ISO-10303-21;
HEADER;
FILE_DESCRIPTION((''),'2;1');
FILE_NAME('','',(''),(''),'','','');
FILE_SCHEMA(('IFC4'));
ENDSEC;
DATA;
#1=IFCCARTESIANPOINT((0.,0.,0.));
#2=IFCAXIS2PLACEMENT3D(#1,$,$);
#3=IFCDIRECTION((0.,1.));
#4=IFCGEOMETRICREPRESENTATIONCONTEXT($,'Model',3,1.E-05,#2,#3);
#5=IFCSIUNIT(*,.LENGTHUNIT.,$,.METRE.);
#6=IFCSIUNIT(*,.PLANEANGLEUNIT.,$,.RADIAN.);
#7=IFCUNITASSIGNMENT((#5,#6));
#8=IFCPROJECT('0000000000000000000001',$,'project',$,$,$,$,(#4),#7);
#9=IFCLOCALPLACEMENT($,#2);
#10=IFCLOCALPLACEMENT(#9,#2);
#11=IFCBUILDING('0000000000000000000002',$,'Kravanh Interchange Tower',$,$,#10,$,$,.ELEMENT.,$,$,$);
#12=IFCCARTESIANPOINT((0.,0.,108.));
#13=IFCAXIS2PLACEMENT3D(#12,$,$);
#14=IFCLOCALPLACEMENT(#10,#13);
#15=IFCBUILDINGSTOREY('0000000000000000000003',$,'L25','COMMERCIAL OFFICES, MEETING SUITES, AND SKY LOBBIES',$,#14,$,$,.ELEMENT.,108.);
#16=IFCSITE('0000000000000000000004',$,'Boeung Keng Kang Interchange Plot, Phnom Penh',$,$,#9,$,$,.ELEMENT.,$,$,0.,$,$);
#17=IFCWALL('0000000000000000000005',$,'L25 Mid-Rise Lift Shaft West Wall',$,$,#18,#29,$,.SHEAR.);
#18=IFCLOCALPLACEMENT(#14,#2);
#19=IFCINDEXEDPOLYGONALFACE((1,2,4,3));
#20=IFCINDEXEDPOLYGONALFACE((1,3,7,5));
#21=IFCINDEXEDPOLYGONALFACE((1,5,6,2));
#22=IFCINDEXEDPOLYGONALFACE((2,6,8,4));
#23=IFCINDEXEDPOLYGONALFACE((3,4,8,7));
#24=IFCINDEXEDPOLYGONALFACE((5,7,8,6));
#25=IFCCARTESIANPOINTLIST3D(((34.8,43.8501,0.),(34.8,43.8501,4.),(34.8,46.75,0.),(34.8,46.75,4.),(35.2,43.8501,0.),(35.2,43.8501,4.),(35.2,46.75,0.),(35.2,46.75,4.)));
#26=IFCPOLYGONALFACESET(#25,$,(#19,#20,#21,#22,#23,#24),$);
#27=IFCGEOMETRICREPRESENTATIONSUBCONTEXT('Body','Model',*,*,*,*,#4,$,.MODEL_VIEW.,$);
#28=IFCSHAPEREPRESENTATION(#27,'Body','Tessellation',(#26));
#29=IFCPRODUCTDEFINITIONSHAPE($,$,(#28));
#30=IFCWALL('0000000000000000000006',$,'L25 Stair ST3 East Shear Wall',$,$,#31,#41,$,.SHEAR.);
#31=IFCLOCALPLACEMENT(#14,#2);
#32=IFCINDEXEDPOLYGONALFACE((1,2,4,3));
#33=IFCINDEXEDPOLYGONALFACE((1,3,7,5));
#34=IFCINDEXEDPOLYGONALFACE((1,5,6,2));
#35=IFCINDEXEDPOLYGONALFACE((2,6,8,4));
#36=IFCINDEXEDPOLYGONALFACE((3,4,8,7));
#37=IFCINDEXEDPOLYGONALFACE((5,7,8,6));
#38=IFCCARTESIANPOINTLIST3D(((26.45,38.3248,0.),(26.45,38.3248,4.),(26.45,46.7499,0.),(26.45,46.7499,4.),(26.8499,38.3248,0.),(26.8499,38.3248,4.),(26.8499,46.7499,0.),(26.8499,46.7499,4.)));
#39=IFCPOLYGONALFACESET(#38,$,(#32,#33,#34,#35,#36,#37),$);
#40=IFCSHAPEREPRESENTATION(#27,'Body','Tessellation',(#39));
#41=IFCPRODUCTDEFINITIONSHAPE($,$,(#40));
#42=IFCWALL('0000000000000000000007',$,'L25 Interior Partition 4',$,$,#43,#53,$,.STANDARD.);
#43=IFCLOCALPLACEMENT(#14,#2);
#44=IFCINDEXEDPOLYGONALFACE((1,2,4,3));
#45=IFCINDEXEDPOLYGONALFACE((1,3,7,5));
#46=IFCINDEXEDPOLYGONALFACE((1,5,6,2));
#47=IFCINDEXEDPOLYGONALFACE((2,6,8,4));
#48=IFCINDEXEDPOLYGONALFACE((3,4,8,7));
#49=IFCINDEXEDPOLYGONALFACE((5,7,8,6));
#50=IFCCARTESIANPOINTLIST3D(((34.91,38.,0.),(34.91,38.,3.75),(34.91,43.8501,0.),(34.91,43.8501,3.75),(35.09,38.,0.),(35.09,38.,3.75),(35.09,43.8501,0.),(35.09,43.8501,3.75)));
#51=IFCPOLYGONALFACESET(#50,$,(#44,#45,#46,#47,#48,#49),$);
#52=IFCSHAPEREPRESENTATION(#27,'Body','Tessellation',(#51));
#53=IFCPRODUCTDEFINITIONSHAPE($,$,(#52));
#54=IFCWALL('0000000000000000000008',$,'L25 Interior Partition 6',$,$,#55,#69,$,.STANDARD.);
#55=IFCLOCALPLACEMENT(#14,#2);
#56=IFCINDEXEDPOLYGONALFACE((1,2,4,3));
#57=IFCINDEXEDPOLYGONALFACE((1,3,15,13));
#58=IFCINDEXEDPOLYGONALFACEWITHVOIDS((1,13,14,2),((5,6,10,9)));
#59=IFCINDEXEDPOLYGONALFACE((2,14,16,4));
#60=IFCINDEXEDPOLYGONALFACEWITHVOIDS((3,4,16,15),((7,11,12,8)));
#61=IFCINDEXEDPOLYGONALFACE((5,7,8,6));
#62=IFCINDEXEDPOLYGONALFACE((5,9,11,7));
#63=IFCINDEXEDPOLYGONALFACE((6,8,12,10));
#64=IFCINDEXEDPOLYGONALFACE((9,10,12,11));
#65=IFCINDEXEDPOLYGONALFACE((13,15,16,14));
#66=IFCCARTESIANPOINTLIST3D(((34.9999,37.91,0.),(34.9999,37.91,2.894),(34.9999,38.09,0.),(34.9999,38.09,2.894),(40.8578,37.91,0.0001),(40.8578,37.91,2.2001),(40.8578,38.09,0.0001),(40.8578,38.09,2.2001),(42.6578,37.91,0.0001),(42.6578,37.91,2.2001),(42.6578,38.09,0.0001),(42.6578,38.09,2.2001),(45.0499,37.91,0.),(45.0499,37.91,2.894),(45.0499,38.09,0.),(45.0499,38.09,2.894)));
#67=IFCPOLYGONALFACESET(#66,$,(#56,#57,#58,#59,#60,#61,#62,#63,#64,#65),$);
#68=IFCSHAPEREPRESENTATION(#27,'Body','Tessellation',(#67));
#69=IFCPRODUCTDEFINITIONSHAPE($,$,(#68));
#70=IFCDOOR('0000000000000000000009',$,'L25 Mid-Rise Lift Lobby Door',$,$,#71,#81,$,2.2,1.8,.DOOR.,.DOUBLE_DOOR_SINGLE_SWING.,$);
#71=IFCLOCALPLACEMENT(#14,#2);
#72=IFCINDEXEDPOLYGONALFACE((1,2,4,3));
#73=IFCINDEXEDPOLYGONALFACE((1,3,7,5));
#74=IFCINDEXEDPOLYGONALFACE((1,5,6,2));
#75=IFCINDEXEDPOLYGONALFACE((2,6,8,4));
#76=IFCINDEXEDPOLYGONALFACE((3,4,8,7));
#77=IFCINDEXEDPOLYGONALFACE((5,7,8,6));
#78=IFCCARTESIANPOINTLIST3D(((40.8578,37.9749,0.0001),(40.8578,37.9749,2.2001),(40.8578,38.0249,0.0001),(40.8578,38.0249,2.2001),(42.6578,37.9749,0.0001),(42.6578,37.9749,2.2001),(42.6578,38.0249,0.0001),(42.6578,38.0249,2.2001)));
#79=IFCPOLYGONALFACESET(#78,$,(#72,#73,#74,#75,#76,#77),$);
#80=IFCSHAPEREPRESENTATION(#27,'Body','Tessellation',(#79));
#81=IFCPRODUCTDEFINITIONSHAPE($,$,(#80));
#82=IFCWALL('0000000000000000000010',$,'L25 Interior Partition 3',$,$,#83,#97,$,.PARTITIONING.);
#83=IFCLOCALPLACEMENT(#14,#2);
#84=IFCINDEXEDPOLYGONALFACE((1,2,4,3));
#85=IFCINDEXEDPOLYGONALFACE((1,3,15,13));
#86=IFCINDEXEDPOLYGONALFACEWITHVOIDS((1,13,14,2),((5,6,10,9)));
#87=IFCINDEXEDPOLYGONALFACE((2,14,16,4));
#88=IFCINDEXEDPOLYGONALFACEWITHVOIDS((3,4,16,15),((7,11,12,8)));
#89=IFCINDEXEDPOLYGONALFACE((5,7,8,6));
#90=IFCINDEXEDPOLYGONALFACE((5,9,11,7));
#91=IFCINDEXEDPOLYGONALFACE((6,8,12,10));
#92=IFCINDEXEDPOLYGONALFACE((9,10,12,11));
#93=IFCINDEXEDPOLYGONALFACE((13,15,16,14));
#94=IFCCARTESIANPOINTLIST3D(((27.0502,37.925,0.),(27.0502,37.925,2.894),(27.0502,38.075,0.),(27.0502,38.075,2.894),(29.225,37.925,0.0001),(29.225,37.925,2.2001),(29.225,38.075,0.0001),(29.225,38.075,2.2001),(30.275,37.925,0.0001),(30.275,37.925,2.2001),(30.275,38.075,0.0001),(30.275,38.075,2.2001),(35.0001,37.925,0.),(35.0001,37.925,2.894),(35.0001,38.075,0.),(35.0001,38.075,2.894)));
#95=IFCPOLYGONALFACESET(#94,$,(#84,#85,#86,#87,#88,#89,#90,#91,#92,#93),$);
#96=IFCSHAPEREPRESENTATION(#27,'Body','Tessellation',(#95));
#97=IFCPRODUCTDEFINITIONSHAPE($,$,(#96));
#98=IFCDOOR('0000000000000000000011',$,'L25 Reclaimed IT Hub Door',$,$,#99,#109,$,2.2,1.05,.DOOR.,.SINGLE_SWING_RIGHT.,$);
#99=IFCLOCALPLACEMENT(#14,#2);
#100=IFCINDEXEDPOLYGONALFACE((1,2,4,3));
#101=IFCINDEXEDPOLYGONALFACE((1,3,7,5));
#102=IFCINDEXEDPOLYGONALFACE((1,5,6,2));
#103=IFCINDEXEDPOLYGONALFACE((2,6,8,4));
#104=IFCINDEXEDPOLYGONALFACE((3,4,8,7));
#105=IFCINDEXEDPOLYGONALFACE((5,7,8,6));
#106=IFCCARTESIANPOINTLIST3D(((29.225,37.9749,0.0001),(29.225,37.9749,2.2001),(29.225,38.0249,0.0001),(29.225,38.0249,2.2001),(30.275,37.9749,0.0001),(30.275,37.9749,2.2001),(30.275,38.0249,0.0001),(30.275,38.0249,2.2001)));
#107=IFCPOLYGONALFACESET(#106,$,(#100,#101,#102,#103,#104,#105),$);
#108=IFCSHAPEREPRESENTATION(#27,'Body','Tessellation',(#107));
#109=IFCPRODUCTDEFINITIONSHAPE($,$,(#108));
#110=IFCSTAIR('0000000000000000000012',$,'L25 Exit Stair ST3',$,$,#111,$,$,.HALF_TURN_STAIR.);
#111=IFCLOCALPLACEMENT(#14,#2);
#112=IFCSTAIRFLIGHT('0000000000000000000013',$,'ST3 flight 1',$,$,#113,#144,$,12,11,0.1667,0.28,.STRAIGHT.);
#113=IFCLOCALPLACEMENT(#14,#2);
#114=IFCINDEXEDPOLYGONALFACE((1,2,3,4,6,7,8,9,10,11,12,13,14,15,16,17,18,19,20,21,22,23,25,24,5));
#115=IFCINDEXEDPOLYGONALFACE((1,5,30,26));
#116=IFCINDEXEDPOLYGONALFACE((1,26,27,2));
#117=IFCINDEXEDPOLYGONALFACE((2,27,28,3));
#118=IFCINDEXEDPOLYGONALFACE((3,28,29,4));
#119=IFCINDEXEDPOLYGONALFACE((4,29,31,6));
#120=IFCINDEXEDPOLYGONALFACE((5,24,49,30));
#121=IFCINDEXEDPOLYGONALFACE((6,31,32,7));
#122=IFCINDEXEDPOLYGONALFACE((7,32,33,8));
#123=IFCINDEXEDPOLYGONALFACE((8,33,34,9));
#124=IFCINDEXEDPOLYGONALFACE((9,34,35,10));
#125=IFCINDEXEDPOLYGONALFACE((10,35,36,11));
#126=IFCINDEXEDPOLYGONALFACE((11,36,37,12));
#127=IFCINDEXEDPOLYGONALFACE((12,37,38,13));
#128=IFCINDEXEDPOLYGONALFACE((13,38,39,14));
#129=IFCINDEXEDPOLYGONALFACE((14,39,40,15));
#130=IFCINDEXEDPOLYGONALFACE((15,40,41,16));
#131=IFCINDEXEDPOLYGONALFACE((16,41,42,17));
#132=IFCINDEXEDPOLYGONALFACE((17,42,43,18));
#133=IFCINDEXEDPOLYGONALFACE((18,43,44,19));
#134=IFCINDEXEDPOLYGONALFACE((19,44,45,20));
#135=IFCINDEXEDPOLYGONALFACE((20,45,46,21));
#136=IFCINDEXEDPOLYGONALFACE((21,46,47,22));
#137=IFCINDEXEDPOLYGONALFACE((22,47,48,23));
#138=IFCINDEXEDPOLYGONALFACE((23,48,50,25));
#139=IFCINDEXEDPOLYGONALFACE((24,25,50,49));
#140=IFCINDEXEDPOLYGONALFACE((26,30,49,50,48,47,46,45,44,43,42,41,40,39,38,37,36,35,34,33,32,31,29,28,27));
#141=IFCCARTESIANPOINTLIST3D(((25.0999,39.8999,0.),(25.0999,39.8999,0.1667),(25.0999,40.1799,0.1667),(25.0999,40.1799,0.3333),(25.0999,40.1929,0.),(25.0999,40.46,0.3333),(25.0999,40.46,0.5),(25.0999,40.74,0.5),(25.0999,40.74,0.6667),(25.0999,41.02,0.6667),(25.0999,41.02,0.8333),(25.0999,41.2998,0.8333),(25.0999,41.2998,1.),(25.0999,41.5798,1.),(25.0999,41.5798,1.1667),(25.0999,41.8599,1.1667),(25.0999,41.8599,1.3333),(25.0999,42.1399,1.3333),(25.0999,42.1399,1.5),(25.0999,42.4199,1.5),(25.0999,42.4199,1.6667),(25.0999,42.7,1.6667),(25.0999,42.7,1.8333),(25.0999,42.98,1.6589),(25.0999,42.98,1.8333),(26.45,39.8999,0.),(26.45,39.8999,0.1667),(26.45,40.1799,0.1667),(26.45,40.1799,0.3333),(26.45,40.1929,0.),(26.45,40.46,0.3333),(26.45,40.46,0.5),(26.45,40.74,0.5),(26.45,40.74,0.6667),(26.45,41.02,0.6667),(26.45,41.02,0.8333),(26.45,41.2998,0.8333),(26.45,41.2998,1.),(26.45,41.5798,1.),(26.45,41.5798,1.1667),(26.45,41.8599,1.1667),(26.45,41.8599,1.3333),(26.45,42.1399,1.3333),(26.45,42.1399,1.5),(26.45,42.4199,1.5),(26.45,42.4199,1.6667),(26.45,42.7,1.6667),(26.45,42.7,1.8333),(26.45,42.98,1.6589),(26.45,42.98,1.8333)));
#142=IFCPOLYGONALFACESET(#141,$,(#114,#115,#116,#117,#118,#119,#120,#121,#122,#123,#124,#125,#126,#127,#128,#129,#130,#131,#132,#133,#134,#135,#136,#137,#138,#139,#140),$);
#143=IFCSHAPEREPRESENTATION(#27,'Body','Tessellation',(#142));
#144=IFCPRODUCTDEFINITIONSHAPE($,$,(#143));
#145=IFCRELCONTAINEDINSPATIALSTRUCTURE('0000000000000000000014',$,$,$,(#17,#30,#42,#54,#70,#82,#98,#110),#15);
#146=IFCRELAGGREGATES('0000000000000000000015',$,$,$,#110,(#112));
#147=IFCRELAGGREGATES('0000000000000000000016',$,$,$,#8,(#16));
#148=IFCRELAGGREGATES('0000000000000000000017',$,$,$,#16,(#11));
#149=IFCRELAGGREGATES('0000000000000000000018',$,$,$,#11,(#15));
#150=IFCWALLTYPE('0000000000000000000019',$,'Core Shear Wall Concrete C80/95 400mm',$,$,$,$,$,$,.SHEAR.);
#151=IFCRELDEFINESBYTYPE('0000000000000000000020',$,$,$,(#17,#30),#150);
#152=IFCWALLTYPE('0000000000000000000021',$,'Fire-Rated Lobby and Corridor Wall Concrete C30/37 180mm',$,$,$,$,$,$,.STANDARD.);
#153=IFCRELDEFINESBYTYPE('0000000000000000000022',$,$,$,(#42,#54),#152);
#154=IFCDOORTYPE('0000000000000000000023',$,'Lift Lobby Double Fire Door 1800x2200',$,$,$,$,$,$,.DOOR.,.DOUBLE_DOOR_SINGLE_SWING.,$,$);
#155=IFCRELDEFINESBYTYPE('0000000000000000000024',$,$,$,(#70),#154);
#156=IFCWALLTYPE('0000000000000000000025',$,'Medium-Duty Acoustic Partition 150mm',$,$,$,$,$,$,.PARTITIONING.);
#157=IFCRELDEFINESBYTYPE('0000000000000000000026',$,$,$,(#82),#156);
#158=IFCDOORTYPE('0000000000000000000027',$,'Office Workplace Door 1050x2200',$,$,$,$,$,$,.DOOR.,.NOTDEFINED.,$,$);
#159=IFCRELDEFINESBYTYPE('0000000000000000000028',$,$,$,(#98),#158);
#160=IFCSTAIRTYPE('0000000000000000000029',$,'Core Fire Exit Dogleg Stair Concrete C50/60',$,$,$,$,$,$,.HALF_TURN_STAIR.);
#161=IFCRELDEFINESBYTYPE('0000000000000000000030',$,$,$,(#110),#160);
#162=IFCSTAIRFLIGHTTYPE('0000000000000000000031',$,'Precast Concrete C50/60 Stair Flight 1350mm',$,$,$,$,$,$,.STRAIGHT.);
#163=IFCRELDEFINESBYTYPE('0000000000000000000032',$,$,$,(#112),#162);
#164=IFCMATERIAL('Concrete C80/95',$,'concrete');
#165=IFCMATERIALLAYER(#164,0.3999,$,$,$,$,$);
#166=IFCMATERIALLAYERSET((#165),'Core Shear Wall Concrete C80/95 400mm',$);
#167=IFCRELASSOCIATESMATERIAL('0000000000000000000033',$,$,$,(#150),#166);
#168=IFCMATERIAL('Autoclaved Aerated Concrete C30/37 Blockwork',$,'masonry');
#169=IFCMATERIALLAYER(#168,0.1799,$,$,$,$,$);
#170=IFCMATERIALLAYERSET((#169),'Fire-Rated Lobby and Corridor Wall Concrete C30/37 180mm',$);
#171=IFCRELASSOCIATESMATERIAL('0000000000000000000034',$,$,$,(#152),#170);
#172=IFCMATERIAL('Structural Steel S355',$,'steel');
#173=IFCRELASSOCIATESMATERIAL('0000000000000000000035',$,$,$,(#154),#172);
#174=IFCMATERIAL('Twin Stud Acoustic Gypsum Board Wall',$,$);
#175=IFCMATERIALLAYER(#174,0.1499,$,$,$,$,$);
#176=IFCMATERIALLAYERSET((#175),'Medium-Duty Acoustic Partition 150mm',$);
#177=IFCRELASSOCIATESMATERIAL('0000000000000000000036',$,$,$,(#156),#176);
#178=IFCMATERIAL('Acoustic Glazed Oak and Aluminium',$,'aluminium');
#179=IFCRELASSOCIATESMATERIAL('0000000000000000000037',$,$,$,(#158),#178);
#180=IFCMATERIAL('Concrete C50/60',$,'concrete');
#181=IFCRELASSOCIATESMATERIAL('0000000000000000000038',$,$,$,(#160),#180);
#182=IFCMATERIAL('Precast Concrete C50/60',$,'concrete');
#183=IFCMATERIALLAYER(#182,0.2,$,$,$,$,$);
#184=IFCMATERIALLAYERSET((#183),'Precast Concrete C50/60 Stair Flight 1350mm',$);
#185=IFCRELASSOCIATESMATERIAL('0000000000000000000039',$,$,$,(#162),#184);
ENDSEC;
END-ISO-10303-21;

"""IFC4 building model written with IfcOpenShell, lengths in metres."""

from ifc_helpers import new_model, si_unit, direction, frame, frame_2d, origin, place, context, subcontext, project, spatial, polyline, rectangle, outline, extrude, material, layer, layer_set, type_object, element, fill, aggregate, save


model = new_model("IFC4")

# Units and contexts
model_context = context("Model", 3, precision=1e-05, world=origin(), true_north=direction((0.0, 1.0)))
body_context = subcontext(model_context, "Body", "Model", "MODEL_VIEW")
ifc_project = project(units=[si_unit("LENGTHUNIT", "METRE"), si_unit("PLANEANGLEUNIT", "RADIAN")], contexts=[model_context])

# Site, building, storey
site_placement = place(None, origin())
site = spatial("IfcSite", under=ifc_project, at=site_placement, Name="Boeung Keng Kang Interchange Plot, Phnom Penh", CompositionType="ELEMENT", RefElevation=0.0)
building_placement = place(site_placement, origin())
building = spatial("IfcBuilding", under=site, at=building_placement, Name="Kravanh Interchange Tower", CompositionType="ELEMENT")
storey_placement = place(building_placement, frame((0.0, 0.0, 108.0)))
storey = spatial("IfcBuildingStorey", under=building, at=storey_placement, Name="L25", Description="COMMERCIAL OFFICES, MEETING SUITES, AND SKY LOBBIES", CompositionType="ELEMENT", Elevation=108.0)

# Shared definitions
ifc_material_1 = material(Name="Concrete C80/95", Category="concrete")
ifc_layer_1 = layer(ifc_material_1, 0.3999)
ifc_layer_set_1 = layer_set([ifc_layer_1], Name="Core Shear Wall Concrete C80/95 400mm")
wall_type_1 = type_object("IfcWallType", Name="Core Shear Wall Concrete C80/95 400mm", PredefinedType="SHEAR", material=ifc_layer_set_1)

# Walls
wall_1_placement = place(storey_placement, frame((35.0, 43.8501, 0.0), z_axis=(0.0, 0.0, 1.0), x_axis=(0.0, 1.0, 0.0)))
element("IfcWall", 1, at=wall_1_placement, inside=storey, type_object=wall_type_1, Name="L25 Mid-Rise Lift Shaft West Wall", PredefinedType="SHEAR", context=body_context, shape_type="SweptSolid", body=[
    extrude(rectangle(XDim=2.8999, YDim=0.3999, at=frame_2d((1.45, 0.0))), origin(), (0.0, 0.0, 1.0), 4.0),
])
wall_2_placement = place(storey_placement, frame((26.6499, 38.325, 0.0), z_axis=(0.0, 0.0, 1.0), x_axis=(0.0, 1.0, 0.0)))
element("IfcWall", 2, at=wall_2_placement, inside=storey, type_object=wall_type_1, Name="L25 Stair ST3 East Shear Wall", PredefinedType="SHEAR", context=body_context, shape_type="SweptSolid", body=[
    extrude(rectangle(XDim=8.425, YDim=0.3999, at=frame_2d((4.2124, 0.0))), origin(), (0.0, 0.0, 1.0), 4.0),
])
ifc_material_2 = material(Name="Autoclaved Aerated Concrete C30/37 Blockwork", Category="masonry")
ifc_layer_2 = layer(ifc_material_2, 0.1799)
ifc_layer_set_2 = layer_set([ifc_layer_2], Name="Fire-Rated Lobby and Corridor Wall Concrete C30/37 180mm")
wall_type_2 = type_object("IfcWallType", Name="Fire-Rated Lobby and Corridor Wall Concrete C30/37 180mm", PredefinedType="STANDARD", material=ifc_layer_set_2)
wall_3_placement = place(storey_placement, frame((35.0, 38.0, 0.0), z_axis=(0.0, 0.0, 1.0), x_axis=(0.0, 1.0, 0.0)))
element("IfcWall", 3, at=wall_3_placement, inside=storey, type_object=wall_type_2, Name="L25 Interior Partition 4", PredefinedType="STANDARD", context=body_context, shape_type="SweptSolid", body=[
    extrude(rectangle(XDim=5.8501, YDim=0.1799, at=frame_2d((2.925, 0.0))), origin(), (0.0, 0.0, 1.0), 3.75),
])

# Walls, openings, doors
wall_4_placement = place(storey_placement, frame((35.0, 38.0, 0.0), z_axis=(0.0, 0.0, 1.0), x_axis=(1.0, 0.0, 0.0)))
wall_4 = element("IfcWall", 4, at=wall_4_placement, inside=storey, type_object=wall_type_2, Name="L25 Interior Partition 6", PredefinedType="STANDARD", context=body_context, shape_type="SweptSolid", body=[
    extrude(rectangle(XDim=10.05, YDim=0.1799, at=frame_2d((5.0249, 0.0))), origin(), (0.0, 0.0, 1.0), 2.894),
])
opening_1_placement = place(wall_4_placement, frame((5.8579, 0.0, 0.0)))
opening_1 = element("IfcOpeningElement", 5, at=opening_1_placement, cuts=wall_4, PredefinedType="OPENING", context=body_context, shape_type="SweptSolid", body=[
    extrude(rectangle(XDim=1.8, YDim=2.2, at=frame_2d((0.8999, 1.1001))), frame((0.0, 0.1001, 0.0), z_axis=(0.0, -1.0, 0.0), x_axis=(1.0, 0.0, 0.0)), (0.0, 0.0, 1.0), 0.2),
])
ifc_material_3 = material(Name="Structural Steel S355", Category="steel")
door_type_1 = type_object("IfcDoorType", Name="Lift Lobby Double Fire Door 1800x2200", OperationType="DOUBLE_DOOR_SINGLE_SWING", PredefinedType="DOOR", material=ifc_material_3)
door_1_placement = place(opening_1_placement, origin())
door_1 = element("IfcDoor", 6, at=door_1_placement, inside=storey, type_object=door_type_1, Name="L25 Mid-Rise Lift Lobby Door", OperationType="DOUBLE_DOOR_SINGLE_SWING", OverallHeight=2.2, OverallWidth=1.8, PredefinedType="DOOR", context=body_context, shape_type="SweptSolid", body=[
    extrude(rectangle(XDim=1.8, YDim=2.2, at=frame_2d((0.8999, 1.1001))), frame((0.0, 0.0249, 0.0), z_axis=(0.0, -1.0, 0.0), x_axis=(1.0, 0.0, 0.0)), (0.0, 0.0, 1.0), 0.05),
])
fill(opening_1, door_1)
ifc_material_4 = material(Name="Twin Stud Acoustic Gypsum Board Wall")
ifc_layer_3 = layer(ifc_material_4, 0.1499)
ifc_layer_set_3 = layer_set([ifc_layer_3], Name="Medium-Duty Acoustic Partition 150mm")
wall_type_3 = type_object("IfcWallType", Name="Medium-Duty Acoustic Partition 150mm", PredefinedType="PARTITIONING", material=ifc_layer_set_3)
wall_5_placement = place(storey_placement, frame((27.05, 38.0, 0.0), z_axis=(0.0, 0.0, 1.0), x_axis=(1.0, 0.0, 0.0)))
wall_5 = element("IfcWall", 7, at=wall_5_placement, inside=storey, type_object=wall_type_3, Name="L25 Interior Partition 3", PredefinedType="PARTITIONING", context=body_context, shape_type="SweptSolid", body=[
    extrude(rectangle(XDim=7.95, YDim=0.1499, at=frame_2d((3.9751, 0.0))), origin(), (0.0, 0.0, 1.0), 2.894),
])
opening_2_placement = place(wall_5_placement, frame((2.175, 0.0, 0.0)))
opening_2 = element("IfcOpeningElement", 8, at=opening_2_placement, cuts=wall_5, PredefinedType="OPENING", context=body_context, shape_type="SweptSolid", body=[
    extrude(rectangle(XDim=1.05, YDim=2.2, at=frame_2d((0.5249, 1.1001))), frame((0.0, 0.085, 0.0), z_axis=(0.0, -1.0, 0.0), x_axis=(1.0, 0.0, 0.0)), (0.0, 0.0, 1.0), 0.1699),
])
ifc_material_5 = material(Name="Acoustic Glazed Oak and Aluminium", Category="aluminium")
door_type_2 = type_object("IfcDoorType", Name="Office Workplace Door 1050x2200", OperationType="NOTDEFINED", PredefinedType="DOOR", material=ifc_material_5)
door_2_placement = place(opening_2_placement, origin())
door_2 = element("IfcDoor", 9, at=door_2_placement, inside=storey, type_object=door_type_2, Name="L25 Reclaimed IT Hub Door", OperationType="SINGLE_SWING_RIGHT", OverallHeight=2.2, OverallWidth=1.05, PredefinedType="DOOR", context=body_context, shape_type="SweptSolid", body=[
    extrude(rectangle(XDim=1.05, YDim=2.2, at=frame_2d((0.5249, 1.1001))), frame((0.0, 0.0249, 0.0), z_axis=(0.0, -1.0, 0.0), x_axis=(1.0, 0.0, 0.0)), (0.0, 0.0, 1.0), 0.05),
])
fill(opening_2, door_2)

# Stair, stair flight
ifc_material_6 = material(Name="Concrete C50/60", Category="concrete")
stair_type = type_object("IfcStairType", Name="Core Fire Exit Dogleg Stair Concrete C50/60", PredefinedType="HALF_TURN_STAIR", material=ifc_material_6)
stair_placement = place(storey_placement, origin())
stair = element("IfcStair", 10, at=stair_placement, inside=storey, type_object=stair_type, Name="L25 Exit Stair ST3", PredefinedType="HALF_TURN_STAIR")
ifc_material_7 = material(Name="Precast Concrete C50/60", Category="concrete")
ifc_layer_4 = layer(ifc_material_7, 0.2)
ifc_layer_set_4 = layer_set([ifc_layer_4], Name="Precast Concrete C50/60 Stair Flight 1350mm")
stair_flight_type = type_object("IfcStairFlightType", Name="Precast Concrete C50/60 Stair Flight 1350mm", PredefinedType="STRAIGHT", material=ifc_layer_set_4)
stair_flight_placement = place(storey_placement, frame((25.7749, 39.8999, 0.0), z_axis=(0.0, 0.0, 1.0), x_axis=(0.0, 1.0, 0.0)))
stair_flight = element("IfcStairFlight", 11, at=stair_flight_placement, type_object=stair_flight_type, Name="ST3 flight 1", NumberOfRisers=12, NumberOfTreads=11, PredefinedType="STRAIGHT", RiserHeight=0.1667, TreadLength=0.28, context=body_context, shape_type="SweptSolid", body=[
    extrude(outline(polyline([(0.0, 0.0), (0.0, 0.1667), (0.28, 0.1667), (0.28, 0.3333), (0.5601, 0.3333), (0.5601, 0.5), (0.8401, 0.5), (0.8401, 0.6667), (1.1201, 0.6667), (1.1201, 0.8333), (1.3999, 0.8333), (1.3999, 1.0), (1.6799, 1.0), (1.6799, 1.1667), (1.96, 1.1667), (1.96, 1.3333), (2.24, 1.3333), (2.24, 1.5), (2.52, 1.5), (2.52, 1.6667), (2.8, 1.6667), (2.8, 1.8333), (3.0801, 1.8333), (3.0801, 2.0), (3.0801, 1.6589), (0.293, 0.0), (0.0, 0.0)])), frame((0.0, 0.675, 0.0), z_axis=(0.0, -1.0, 0.0), x_axis=(1.0, 0.0, 0.0)), (0.0, 0.0, 1.0), 1.3501),
])
aggregate(stair, [stair_flight])

save(model, "model.ifc")
